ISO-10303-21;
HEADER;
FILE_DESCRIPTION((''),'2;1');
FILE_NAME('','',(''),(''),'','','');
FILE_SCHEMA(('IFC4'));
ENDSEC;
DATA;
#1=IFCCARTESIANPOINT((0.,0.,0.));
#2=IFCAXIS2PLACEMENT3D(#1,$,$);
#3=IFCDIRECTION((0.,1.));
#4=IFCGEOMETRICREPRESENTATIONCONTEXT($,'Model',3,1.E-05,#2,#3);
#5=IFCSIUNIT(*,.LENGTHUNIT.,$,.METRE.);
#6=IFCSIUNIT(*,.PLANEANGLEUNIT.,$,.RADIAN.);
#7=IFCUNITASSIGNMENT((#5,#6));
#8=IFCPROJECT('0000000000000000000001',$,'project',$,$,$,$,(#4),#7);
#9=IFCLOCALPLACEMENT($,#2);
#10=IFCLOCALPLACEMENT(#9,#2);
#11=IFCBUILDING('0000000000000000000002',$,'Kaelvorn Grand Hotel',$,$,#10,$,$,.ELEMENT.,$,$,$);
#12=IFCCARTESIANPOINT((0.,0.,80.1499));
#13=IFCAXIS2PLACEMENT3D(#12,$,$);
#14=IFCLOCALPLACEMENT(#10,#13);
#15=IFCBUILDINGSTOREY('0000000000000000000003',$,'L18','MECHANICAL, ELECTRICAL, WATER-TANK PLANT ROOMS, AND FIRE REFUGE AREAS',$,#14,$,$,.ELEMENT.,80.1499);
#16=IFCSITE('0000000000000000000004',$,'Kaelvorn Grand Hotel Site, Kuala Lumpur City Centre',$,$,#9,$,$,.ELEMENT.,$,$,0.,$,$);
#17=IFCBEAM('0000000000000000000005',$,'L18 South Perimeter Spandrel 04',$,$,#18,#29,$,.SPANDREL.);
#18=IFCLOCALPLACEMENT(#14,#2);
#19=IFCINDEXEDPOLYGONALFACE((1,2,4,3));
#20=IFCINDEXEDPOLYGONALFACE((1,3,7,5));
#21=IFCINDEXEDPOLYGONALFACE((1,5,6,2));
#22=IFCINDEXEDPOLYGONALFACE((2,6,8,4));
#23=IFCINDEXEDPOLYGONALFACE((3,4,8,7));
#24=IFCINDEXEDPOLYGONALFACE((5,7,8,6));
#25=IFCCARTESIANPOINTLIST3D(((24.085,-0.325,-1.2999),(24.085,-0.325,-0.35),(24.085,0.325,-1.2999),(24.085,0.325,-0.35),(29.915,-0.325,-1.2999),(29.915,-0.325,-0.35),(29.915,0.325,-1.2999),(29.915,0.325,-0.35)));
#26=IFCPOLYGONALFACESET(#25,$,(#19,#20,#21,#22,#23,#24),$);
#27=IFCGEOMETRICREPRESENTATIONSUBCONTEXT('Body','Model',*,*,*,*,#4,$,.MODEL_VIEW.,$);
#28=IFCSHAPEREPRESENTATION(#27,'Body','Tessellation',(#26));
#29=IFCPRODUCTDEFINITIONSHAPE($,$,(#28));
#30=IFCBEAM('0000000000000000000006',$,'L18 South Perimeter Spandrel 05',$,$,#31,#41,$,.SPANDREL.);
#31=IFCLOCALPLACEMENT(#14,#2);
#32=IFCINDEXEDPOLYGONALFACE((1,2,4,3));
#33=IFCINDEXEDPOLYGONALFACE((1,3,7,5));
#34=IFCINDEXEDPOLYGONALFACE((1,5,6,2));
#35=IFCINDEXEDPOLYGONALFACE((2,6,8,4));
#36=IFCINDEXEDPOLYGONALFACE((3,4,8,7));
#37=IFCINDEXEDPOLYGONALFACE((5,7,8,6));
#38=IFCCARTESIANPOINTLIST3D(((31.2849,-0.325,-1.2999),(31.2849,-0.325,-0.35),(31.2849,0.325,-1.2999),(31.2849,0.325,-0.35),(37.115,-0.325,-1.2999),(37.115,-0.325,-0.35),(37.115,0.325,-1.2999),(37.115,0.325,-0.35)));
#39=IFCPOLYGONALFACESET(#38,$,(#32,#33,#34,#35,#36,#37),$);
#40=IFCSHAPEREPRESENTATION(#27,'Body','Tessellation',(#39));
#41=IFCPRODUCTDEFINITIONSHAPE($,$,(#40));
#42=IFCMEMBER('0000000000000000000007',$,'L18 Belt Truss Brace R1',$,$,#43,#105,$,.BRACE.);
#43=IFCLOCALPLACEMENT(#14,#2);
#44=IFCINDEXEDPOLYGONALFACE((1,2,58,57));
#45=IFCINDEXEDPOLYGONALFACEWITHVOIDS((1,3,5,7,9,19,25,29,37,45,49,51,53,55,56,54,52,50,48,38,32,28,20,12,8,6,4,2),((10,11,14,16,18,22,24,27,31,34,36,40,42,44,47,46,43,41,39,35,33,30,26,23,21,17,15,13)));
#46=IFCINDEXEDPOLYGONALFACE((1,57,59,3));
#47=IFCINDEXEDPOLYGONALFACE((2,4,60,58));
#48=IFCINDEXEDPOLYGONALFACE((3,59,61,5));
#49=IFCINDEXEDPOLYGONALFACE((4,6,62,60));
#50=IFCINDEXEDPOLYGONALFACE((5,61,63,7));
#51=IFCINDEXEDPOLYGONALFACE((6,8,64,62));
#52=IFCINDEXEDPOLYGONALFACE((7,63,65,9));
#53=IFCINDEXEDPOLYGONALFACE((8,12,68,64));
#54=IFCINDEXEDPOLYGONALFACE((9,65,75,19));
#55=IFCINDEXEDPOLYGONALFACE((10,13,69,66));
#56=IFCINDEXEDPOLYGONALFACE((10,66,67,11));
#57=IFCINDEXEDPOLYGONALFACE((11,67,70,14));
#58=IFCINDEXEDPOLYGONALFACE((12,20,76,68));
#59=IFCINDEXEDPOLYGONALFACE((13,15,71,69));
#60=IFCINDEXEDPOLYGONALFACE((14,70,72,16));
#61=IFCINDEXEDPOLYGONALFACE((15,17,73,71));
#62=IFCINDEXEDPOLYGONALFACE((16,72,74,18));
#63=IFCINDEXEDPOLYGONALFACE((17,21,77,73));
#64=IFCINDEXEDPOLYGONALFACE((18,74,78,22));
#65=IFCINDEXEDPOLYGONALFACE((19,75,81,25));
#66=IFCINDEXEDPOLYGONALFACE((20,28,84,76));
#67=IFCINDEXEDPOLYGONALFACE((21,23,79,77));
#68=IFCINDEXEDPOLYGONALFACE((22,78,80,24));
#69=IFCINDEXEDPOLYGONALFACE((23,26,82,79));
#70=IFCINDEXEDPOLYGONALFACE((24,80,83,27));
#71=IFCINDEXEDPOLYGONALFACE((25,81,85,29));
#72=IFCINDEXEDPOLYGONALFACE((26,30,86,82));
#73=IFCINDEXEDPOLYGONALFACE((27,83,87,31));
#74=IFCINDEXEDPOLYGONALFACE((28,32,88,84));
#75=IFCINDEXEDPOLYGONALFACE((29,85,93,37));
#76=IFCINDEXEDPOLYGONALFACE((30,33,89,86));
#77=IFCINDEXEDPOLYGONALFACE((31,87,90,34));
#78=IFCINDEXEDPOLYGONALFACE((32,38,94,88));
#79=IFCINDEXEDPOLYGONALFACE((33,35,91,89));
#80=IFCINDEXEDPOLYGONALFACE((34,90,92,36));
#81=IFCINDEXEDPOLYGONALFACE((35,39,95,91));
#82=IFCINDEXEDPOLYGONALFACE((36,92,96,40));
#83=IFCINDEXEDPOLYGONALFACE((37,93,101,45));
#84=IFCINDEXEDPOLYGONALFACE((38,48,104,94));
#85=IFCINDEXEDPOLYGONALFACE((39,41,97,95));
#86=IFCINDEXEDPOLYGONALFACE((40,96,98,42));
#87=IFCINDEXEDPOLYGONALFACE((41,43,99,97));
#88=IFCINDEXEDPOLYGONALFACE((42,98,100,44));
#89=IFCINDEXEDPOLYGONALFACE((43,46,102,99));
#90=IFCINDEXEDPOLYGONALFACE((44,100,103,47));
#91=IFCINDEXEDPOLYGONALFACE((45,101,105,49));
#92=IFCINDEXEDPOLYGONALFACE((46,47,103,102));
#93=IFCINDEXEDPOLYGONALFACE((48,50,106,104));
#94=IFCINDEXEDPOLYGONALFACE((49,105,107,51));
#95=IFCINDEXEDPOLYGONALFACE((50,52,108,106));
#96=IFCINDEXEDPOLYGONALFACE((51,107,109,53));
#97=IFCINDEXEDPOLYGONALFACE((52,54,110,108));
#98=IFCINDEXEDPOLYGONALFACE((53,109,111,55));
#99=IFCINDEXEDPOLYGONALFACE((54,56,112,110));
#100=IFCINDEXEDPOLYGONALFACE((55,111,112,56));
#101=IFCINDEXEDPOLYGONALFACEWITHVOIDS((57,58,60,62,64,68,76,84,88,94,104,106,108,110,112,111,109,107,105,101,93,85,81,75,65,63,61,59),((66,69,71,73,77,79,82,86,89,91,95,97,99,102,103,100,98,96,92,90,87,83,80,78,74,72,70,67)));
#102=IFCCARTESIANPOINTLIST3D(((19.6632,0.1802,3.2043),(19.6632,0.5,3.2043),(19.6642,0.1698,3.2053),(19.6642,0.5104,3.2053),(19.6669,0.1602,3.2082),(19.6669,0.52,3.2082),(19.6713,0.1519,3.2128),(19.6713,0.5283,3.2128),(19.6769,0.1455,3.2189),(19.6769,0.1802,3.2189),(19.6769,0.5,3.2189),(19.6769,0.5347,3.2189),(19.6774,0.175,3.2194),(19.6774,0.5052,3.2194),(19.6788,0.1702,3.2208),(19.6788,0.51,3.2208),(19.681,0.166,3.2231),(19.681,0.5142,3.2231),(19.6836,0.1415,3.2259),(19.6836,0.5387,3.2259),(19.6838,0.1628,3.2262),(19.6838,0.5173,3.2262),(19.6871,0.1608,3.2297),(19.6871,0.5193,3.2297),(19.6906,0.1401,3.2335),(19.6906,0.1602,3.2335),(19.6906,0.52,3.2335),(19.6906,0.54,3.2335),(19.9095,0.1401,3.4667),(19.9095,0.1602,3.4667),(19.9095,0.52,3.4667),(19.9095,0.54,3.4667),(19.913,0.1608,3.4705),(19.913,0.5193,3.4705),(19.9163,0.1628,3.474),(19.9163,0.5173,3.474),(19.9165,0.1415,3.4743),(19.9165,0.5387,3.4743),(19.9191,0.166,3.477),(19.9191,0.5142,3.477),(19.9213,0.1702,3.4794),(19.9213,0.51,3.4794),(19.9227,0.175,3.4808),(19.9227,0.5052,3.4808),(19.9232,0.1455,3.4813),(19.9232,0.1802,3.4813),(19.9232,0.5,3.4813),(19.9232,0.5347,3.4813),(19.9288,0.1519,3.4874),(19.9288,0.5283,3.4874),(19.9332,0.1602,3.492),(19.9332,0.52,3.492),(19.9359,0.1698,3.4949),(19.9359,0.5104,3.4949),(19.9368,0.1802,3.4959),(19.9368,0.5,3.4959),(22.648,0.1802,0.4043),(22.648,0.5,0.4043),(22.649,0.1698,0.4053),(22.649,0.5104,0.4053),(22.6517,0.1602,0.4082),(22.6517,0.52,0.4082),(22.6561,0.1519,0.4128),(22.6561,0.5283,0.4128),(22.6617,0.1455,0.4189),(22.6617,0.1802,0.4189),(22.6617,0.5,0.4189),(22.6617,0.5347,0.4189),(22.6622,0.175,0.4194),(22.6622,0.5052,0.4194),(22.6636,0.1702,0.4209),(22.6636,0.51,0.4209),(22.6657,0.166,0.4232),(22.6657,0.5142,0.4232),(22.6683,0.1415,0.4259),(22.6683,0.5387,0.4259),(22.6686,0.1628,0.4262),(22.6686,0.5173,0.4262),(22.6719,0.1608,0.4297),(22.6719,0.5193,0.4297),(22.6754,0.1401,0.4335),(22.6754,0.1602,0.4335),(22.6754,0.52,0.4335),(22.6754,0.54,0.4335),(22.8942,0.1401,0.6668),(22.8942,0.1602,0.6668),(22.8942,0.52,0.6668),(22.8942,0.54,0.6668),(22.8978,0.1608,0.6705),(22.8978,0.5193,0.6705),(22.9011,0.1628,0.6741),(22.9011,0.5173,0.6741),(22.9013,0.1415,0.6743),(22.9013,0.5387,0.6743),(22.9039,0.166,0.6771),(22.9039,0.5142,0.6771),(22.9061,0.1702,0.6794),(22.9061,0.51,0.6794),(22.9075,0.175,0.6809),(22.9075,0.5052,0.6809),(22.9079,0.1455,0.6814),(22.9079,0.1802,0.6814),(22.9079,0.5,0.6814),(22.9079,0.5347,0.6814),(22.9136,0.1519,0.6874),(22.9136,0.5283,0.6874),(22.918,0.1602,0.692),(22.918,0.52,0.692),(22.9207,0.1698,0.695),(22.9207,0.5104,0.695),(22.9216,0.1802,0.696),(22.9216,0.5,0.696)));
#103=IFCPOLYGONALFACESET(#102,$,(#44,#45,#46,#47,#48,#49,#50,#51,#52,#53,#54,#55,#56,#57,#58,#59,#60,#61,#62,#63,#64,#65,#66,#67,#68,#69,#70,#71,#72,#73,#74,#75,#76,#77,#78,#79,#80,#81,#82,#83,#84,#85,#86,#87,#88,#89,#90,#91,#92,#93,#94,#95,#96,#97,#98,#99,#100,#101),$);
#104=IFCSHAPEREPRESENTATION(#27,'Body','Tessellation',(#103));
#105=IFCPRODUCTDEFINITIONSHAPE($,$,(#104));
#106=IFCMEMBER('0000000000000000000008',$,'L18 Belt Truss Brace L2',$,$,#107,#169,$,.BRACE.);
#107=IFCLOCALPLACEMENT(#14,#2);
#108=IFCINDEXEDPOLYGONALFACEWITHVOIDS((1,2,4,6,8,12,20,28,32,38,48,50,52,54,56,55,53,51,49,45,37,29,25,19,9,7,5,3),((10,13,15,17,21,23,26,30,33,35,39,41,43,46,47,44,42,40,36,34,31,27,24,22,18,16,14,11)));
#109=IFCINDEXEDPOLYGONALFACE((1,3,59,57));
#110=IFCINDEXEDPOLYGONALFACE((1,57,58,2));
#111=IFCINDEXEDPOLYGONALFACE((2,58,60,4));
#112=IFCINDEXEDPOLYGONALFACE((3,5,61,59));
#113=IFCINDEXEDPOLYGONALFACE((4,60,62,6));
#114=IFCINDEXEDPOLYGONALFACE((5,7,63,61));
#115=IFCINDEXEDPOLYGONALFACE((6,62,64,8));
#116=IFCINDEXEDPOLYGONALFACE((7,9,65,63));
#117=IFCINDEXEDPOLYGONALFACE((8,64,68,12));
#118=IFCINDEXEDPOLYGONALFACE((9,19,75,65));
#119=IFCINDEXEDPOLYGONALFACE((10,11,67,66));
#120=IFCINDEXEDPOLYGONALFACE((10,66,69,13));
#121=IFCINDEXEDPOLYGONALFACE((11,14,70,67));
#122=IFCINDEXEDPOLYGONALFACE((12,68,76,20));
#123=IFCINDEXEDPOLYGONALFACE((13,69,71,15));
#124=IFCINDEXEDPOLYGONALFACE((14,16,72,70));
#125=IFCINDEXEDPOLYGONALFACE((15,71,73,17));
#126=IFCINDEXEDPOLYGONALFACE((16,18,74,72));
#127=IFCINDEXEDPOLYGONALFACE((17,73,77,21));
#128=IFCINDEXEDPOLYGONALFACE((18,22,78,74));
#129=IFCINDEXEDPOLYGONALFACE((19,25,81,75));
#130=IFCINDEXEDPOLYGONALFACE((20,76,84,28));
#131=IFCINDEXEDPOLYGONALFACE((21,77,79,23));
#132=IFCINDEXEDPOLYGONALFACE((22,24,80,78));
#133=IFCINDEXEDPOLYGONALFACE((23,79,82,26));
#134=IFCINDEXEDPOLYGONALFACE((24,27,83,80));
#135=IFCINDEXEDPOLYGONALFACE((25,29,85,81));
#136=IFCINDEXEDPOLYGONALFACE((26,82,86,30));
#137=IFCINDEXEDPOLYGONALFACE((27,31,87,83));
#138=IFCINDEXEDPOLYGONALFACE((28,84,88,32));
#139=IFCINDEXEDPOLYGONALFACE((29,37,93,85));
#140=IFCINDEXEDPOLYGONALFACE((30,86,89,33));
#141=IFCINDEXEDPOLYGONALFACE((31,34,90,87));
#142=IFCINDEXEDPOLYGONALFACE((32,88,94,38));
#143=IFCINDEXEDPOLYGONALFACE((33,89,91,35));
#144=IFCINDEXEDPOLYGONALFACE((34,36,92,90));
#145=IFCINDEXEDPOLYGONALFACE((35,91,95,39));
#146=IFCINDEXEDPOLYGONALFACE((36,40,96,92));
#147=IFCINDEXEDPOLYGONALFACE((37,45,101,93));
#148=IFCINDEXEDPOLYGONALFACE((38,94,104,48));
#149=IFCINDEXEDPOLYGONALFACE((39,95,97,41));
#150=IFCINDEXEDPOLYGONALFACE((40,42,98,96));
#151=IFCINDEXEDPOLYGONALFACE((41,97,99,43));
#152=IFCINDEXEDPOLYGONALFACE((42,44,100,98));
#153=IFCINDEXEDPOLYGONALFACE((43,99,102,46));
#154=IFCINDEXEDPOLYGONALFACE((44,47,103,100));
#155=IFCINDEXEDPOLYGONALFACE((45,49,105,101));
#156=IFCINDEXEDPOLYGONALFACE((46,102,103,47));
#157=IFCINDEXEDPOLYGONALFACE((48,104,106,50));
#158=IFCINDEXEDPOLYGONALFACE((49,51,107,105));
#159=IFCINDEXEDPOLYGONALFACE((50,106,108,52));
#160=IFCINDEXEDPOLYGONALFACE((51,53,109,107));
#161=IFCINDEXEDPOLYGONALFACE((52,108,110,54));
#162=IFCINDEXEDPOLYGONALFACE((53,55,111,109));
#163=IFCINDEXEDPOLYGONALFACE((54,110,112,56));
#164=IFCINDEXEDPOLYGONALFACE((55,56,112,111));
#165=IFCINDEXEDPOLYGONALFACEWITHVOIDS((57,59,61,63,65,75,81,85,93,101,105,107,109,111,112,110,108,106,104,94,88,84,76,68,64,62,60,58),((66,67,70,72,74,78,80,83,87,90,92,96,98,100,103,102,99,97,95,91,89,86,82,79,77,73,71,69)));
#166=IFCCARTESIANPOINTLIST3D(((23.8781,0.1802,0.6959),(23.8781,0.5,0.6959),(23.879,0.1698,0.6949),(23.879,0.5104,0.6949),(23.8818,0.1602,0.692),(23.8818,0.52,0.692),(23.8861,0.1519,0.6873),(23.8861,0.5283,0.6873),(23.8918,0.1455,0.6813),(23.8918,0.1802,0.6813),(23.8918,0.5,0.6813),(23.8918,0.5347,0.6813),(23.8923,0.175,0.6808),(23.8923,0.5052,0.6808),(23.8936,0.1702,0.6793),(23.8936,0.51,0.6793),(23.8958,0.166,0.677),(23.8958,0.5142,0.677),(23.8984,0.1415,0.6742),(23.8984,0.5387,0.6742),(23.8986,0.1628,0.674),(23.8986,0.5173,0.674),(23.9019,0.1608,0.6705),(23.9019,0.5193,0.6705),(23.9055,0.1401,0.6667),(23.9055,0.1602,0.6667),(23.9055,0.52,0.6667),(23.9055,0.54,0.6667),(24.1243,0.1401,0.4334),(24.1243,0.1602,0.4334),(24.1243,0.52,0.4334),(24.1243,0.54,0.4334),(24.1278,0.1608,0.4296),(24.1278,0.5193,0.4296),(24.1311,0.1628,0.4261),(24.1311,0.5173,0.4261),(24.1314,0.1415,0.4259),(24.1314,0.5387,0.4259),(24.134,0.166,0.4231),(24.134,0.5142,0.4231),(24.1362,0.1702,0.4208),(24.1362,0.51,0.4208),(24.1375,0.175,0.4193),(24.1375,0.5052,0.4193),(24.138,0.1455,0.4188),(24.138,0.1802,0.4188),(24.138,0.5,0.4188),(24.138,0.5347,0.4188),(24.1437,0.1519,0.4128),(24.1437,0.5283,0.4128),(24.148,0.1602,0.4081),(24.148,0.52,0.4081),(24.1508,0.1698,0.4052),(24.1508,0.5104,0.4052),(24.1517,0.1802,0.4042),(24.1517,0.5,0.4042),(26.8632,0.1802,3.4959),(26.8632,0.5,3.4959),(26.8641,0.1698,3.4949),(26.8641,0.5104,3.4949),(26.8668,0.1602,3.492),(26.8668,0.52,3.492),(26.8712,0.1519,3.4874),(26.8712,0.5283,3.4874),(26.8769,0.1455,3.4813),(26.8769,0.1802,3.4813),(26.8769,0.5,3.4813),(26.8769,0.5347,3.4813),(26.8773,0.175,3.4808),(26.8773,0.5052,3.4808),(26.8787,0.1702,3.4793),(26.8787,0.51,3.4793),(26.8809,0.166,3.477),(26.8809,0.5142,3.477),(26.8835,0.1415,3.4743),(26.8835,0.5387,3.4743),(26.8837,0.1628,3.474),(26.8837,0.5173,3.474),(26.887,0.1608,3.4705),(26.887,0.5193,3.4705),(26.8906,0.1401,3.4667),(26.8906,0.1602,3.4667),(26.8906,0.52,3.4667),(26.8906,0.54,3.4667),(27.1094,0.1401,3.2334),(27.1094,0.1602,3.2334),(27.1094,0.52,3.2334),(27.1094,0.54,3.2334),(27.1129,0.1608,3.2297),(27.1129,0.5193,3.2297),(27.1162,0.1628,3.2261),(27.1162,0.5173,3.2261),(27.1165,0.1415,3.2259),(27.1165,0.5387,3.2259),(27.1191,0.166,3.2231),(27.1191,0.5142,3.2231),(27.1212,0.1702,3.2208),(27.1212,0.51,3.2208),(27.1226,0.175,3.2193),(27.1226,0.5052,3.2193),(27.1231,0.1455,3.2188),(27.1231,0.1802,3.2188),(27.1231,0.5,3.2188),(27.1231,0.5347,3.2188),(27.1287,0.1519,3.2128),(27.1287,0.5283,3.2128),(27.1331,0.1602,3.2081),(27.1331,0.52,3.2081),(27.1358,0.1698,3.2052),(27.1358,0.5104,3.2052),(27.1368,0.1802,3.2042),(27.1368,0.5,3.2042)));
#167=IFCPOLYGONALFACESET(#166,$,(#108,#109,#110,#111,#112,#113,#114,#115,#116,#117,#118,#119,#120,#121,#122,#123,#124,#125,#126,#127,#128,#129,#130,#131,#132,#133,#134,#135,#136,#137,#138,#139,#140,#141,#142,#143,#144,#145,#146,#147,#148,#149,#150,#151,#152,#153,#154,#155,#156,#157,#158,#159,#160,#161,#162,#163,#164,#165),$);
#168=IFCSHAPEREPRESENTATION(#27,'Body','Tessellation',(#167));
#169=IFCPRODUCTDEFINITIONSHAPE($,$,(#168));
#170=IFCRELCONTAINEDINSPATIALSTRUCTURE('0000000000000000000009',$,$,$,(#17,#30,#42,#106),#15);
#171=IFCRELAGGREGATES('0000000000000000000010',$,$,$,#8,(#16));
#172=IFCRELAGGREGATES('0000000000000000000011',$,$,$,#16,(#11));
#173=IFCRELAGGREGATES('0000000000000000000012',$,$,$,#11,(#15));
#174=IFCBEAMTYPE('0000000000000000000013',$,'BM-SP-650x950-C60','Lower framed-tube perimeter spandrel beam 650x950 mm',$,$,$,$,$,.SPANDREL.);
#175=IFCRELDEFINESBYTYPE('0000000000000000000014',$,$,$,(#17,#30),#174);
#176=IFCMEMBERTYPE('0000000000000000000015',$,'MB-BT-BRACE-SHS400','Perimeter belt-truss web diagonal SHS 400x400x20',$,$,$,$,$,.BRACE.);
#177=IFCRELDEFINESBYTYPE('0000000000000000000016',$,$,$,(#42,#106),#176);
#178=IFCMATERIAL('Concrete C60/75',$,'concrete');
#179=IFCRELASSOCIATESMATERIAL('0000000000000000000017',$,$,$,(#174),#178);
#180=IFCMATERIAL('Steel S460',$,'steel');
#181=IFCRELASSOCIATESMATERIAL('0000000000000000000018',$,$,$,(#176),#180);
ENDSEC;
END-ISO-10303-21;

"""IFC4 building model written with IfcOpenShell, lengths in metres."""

from ifc_helpers import new_model, si_unit, direction, frame, origin, origin_2d, place, context, subcontext, project, spatial, rectangle, hollow_rectangle, extrude, material, material_profile, profile_set, type_object, element, save


model = new_model("IFC4")

# Units and contexts
model_context = context("Model", 3, precision=1e-05, world=origin(), true_north=direction((0.0, 1.0)))
body_context = subcontext(model_context, "Body", "Model", "MODEL_VIEW")
ifc_project = project(units=[si_unit("LENGTHUNIT", "METRE"), si_unit("PLANEANGLEUNIT", "RADIAN")], contexts=[model_context])

# Site, building, storey
site_placement = place(None, origin())
site = spatial("IfcSite", under=ifc_project, at=site_placement, Name="Kaelvorn Grand Hotel Site, Kuala Lumpur City Centre", CompositionType="ELEMENT", RefElevation=0.0)
building_placement = place(site_placement, origin())
building = spatial("IfcBuilding", under=site, at=building_placement, Name="Kaelvorn Grand Hotel", CompositionType="ELEMENT")
storey_placement = place(building_placement, frame((0.0, 0.0, 80.1499)))
storey = spatial("IfcBuildingStorey", under=building, at=storey_placement, Name="L18", Description="MECHANICAL, ELECTRICAL, WATER-TANK PLANT ROOMS, AND FIRE REFUGE AREAS", CompositionType="ELEMENT", Elevation=80.1499)

# Beams
ifc_material_1 = material(Name="Concrete C60/75", Category="concrete")
ifc_material_profile_1 = material_profile(ifc_material_1, rectangle(XDim=0.6499, YDim=0.95, at=origin_2d()), Name="RC SPANDREL 650x950")
ifc_profile_set_1 = profile_set([ifc_material_profile_1], Name="Concrete C60/75")
beam_type_1 = type_object("IfcBeamType", Name="BM-SP-650x950-C60", Description="Lower framed-tube perimeter spandrel beam 650x950 mm", PredefinedType="SPANDREL", material=ifc_profile_set_1)
for number, where, z_axis, x_axis, name in (
    (1, (24.085, 0.0, -0.825), (1.0, 0.0, 0.0), (0.0, 1.0, 0.0), "L18 South Perimeter Spandrel 04"),
    (2, (31.2849, 0.0, -0.825), (1.0, 0.0, 0.0), (0.0, 1.0, 0.0), "L18 South Perimeter Spandrel 05"),
):
    element("IfcBeam", number, at=place(storey_placement, frame(where, z_axis=z_axis, x_axis=x_axis)), inside=storey, type_object=beam_type_1, Name=name, PredefinedType="SPANDREL", context=body_context, shape_type="SweptSolid", body=[
        extrude(rectangle(XDim=0.6499, YDim=0.95, at=origin_2d()), origin(), (0.0, 0.0, 1.0), 5.8301),
    ])

# Members
ifc_material_2 = material(Name="Steel S460", Category="steel")
ifc_material_profile_2 = material_profile(ifc_material_2, hollow_rectangle(XDim=0.3999, YDim=0.3999, WallThickness=0.02, InnerFilletRadius=0.02, OuterFilletRadius=0.04, at=origin_2d()), Name="SHS 400x400x20.0")
ifc_profile_set_2 = profile_set([ifc_material_profile_2], Name="Steel S460")
member_type_1 = type_object("IfcMemberType", Name="MB-BT-BRACE-SHS400", Description="Perimeter belt-truss web diagonal SHS 400x400x20", PredefinedType="BRACE", material=ifc_profile_set_2)
member_1_placement = place(storey_placement, frame((19.8, 0.3401, 3.3501), z_axis=(0.729325, 0.0, -0.684167), x_axis=(0.0, 1.0, 0.0)))
element("IfcMember", 3, at=member_1_placement, inside=storey, type_object=member_type_1, Name="L18 Belt Truss Brace R1", PredefinedType="BRACE", context=body_context, shape_type="SweptSolid", body=[
    extrude(hollow_rectangle(XDim=0.3999, YDim=0.3999, WallThickness=0.02, InnerFilletRadius=0.02, OuterFilletRadius=0.04, at=origin_2d()), origin(), (0.0, 0.0, 1.0), 4.0925),
])
for number, where, z_axis, x_axis, name in (
    (4, (24.0149, 0.3401, 0.55), (0.729353, 0.0, 0.684138), (0.0, 1.0, 0.0), "L18 Belt Truss Brace L2"),
):
    element("IfcMember", number, at=place(storey_placement, frame(where, z_axis=z_axis, x_axis=x_axis)), inside=storey, type_object=member_type_1, Name=name, PredefinedType="BRACE", context=body_context, shape_type="SweptSolid", body=[
        extrude(hollow_rectangle(XDim=0.3999, YDim=0.3999, WallThickness=0.02, InnerFilletRadius=0.02, OuterFilletRadius=0.04, at=origin_2d()), origin(), (0.0, 0.0, 1.0), 4.0928),
    ])

save(model, "model.ifc")
